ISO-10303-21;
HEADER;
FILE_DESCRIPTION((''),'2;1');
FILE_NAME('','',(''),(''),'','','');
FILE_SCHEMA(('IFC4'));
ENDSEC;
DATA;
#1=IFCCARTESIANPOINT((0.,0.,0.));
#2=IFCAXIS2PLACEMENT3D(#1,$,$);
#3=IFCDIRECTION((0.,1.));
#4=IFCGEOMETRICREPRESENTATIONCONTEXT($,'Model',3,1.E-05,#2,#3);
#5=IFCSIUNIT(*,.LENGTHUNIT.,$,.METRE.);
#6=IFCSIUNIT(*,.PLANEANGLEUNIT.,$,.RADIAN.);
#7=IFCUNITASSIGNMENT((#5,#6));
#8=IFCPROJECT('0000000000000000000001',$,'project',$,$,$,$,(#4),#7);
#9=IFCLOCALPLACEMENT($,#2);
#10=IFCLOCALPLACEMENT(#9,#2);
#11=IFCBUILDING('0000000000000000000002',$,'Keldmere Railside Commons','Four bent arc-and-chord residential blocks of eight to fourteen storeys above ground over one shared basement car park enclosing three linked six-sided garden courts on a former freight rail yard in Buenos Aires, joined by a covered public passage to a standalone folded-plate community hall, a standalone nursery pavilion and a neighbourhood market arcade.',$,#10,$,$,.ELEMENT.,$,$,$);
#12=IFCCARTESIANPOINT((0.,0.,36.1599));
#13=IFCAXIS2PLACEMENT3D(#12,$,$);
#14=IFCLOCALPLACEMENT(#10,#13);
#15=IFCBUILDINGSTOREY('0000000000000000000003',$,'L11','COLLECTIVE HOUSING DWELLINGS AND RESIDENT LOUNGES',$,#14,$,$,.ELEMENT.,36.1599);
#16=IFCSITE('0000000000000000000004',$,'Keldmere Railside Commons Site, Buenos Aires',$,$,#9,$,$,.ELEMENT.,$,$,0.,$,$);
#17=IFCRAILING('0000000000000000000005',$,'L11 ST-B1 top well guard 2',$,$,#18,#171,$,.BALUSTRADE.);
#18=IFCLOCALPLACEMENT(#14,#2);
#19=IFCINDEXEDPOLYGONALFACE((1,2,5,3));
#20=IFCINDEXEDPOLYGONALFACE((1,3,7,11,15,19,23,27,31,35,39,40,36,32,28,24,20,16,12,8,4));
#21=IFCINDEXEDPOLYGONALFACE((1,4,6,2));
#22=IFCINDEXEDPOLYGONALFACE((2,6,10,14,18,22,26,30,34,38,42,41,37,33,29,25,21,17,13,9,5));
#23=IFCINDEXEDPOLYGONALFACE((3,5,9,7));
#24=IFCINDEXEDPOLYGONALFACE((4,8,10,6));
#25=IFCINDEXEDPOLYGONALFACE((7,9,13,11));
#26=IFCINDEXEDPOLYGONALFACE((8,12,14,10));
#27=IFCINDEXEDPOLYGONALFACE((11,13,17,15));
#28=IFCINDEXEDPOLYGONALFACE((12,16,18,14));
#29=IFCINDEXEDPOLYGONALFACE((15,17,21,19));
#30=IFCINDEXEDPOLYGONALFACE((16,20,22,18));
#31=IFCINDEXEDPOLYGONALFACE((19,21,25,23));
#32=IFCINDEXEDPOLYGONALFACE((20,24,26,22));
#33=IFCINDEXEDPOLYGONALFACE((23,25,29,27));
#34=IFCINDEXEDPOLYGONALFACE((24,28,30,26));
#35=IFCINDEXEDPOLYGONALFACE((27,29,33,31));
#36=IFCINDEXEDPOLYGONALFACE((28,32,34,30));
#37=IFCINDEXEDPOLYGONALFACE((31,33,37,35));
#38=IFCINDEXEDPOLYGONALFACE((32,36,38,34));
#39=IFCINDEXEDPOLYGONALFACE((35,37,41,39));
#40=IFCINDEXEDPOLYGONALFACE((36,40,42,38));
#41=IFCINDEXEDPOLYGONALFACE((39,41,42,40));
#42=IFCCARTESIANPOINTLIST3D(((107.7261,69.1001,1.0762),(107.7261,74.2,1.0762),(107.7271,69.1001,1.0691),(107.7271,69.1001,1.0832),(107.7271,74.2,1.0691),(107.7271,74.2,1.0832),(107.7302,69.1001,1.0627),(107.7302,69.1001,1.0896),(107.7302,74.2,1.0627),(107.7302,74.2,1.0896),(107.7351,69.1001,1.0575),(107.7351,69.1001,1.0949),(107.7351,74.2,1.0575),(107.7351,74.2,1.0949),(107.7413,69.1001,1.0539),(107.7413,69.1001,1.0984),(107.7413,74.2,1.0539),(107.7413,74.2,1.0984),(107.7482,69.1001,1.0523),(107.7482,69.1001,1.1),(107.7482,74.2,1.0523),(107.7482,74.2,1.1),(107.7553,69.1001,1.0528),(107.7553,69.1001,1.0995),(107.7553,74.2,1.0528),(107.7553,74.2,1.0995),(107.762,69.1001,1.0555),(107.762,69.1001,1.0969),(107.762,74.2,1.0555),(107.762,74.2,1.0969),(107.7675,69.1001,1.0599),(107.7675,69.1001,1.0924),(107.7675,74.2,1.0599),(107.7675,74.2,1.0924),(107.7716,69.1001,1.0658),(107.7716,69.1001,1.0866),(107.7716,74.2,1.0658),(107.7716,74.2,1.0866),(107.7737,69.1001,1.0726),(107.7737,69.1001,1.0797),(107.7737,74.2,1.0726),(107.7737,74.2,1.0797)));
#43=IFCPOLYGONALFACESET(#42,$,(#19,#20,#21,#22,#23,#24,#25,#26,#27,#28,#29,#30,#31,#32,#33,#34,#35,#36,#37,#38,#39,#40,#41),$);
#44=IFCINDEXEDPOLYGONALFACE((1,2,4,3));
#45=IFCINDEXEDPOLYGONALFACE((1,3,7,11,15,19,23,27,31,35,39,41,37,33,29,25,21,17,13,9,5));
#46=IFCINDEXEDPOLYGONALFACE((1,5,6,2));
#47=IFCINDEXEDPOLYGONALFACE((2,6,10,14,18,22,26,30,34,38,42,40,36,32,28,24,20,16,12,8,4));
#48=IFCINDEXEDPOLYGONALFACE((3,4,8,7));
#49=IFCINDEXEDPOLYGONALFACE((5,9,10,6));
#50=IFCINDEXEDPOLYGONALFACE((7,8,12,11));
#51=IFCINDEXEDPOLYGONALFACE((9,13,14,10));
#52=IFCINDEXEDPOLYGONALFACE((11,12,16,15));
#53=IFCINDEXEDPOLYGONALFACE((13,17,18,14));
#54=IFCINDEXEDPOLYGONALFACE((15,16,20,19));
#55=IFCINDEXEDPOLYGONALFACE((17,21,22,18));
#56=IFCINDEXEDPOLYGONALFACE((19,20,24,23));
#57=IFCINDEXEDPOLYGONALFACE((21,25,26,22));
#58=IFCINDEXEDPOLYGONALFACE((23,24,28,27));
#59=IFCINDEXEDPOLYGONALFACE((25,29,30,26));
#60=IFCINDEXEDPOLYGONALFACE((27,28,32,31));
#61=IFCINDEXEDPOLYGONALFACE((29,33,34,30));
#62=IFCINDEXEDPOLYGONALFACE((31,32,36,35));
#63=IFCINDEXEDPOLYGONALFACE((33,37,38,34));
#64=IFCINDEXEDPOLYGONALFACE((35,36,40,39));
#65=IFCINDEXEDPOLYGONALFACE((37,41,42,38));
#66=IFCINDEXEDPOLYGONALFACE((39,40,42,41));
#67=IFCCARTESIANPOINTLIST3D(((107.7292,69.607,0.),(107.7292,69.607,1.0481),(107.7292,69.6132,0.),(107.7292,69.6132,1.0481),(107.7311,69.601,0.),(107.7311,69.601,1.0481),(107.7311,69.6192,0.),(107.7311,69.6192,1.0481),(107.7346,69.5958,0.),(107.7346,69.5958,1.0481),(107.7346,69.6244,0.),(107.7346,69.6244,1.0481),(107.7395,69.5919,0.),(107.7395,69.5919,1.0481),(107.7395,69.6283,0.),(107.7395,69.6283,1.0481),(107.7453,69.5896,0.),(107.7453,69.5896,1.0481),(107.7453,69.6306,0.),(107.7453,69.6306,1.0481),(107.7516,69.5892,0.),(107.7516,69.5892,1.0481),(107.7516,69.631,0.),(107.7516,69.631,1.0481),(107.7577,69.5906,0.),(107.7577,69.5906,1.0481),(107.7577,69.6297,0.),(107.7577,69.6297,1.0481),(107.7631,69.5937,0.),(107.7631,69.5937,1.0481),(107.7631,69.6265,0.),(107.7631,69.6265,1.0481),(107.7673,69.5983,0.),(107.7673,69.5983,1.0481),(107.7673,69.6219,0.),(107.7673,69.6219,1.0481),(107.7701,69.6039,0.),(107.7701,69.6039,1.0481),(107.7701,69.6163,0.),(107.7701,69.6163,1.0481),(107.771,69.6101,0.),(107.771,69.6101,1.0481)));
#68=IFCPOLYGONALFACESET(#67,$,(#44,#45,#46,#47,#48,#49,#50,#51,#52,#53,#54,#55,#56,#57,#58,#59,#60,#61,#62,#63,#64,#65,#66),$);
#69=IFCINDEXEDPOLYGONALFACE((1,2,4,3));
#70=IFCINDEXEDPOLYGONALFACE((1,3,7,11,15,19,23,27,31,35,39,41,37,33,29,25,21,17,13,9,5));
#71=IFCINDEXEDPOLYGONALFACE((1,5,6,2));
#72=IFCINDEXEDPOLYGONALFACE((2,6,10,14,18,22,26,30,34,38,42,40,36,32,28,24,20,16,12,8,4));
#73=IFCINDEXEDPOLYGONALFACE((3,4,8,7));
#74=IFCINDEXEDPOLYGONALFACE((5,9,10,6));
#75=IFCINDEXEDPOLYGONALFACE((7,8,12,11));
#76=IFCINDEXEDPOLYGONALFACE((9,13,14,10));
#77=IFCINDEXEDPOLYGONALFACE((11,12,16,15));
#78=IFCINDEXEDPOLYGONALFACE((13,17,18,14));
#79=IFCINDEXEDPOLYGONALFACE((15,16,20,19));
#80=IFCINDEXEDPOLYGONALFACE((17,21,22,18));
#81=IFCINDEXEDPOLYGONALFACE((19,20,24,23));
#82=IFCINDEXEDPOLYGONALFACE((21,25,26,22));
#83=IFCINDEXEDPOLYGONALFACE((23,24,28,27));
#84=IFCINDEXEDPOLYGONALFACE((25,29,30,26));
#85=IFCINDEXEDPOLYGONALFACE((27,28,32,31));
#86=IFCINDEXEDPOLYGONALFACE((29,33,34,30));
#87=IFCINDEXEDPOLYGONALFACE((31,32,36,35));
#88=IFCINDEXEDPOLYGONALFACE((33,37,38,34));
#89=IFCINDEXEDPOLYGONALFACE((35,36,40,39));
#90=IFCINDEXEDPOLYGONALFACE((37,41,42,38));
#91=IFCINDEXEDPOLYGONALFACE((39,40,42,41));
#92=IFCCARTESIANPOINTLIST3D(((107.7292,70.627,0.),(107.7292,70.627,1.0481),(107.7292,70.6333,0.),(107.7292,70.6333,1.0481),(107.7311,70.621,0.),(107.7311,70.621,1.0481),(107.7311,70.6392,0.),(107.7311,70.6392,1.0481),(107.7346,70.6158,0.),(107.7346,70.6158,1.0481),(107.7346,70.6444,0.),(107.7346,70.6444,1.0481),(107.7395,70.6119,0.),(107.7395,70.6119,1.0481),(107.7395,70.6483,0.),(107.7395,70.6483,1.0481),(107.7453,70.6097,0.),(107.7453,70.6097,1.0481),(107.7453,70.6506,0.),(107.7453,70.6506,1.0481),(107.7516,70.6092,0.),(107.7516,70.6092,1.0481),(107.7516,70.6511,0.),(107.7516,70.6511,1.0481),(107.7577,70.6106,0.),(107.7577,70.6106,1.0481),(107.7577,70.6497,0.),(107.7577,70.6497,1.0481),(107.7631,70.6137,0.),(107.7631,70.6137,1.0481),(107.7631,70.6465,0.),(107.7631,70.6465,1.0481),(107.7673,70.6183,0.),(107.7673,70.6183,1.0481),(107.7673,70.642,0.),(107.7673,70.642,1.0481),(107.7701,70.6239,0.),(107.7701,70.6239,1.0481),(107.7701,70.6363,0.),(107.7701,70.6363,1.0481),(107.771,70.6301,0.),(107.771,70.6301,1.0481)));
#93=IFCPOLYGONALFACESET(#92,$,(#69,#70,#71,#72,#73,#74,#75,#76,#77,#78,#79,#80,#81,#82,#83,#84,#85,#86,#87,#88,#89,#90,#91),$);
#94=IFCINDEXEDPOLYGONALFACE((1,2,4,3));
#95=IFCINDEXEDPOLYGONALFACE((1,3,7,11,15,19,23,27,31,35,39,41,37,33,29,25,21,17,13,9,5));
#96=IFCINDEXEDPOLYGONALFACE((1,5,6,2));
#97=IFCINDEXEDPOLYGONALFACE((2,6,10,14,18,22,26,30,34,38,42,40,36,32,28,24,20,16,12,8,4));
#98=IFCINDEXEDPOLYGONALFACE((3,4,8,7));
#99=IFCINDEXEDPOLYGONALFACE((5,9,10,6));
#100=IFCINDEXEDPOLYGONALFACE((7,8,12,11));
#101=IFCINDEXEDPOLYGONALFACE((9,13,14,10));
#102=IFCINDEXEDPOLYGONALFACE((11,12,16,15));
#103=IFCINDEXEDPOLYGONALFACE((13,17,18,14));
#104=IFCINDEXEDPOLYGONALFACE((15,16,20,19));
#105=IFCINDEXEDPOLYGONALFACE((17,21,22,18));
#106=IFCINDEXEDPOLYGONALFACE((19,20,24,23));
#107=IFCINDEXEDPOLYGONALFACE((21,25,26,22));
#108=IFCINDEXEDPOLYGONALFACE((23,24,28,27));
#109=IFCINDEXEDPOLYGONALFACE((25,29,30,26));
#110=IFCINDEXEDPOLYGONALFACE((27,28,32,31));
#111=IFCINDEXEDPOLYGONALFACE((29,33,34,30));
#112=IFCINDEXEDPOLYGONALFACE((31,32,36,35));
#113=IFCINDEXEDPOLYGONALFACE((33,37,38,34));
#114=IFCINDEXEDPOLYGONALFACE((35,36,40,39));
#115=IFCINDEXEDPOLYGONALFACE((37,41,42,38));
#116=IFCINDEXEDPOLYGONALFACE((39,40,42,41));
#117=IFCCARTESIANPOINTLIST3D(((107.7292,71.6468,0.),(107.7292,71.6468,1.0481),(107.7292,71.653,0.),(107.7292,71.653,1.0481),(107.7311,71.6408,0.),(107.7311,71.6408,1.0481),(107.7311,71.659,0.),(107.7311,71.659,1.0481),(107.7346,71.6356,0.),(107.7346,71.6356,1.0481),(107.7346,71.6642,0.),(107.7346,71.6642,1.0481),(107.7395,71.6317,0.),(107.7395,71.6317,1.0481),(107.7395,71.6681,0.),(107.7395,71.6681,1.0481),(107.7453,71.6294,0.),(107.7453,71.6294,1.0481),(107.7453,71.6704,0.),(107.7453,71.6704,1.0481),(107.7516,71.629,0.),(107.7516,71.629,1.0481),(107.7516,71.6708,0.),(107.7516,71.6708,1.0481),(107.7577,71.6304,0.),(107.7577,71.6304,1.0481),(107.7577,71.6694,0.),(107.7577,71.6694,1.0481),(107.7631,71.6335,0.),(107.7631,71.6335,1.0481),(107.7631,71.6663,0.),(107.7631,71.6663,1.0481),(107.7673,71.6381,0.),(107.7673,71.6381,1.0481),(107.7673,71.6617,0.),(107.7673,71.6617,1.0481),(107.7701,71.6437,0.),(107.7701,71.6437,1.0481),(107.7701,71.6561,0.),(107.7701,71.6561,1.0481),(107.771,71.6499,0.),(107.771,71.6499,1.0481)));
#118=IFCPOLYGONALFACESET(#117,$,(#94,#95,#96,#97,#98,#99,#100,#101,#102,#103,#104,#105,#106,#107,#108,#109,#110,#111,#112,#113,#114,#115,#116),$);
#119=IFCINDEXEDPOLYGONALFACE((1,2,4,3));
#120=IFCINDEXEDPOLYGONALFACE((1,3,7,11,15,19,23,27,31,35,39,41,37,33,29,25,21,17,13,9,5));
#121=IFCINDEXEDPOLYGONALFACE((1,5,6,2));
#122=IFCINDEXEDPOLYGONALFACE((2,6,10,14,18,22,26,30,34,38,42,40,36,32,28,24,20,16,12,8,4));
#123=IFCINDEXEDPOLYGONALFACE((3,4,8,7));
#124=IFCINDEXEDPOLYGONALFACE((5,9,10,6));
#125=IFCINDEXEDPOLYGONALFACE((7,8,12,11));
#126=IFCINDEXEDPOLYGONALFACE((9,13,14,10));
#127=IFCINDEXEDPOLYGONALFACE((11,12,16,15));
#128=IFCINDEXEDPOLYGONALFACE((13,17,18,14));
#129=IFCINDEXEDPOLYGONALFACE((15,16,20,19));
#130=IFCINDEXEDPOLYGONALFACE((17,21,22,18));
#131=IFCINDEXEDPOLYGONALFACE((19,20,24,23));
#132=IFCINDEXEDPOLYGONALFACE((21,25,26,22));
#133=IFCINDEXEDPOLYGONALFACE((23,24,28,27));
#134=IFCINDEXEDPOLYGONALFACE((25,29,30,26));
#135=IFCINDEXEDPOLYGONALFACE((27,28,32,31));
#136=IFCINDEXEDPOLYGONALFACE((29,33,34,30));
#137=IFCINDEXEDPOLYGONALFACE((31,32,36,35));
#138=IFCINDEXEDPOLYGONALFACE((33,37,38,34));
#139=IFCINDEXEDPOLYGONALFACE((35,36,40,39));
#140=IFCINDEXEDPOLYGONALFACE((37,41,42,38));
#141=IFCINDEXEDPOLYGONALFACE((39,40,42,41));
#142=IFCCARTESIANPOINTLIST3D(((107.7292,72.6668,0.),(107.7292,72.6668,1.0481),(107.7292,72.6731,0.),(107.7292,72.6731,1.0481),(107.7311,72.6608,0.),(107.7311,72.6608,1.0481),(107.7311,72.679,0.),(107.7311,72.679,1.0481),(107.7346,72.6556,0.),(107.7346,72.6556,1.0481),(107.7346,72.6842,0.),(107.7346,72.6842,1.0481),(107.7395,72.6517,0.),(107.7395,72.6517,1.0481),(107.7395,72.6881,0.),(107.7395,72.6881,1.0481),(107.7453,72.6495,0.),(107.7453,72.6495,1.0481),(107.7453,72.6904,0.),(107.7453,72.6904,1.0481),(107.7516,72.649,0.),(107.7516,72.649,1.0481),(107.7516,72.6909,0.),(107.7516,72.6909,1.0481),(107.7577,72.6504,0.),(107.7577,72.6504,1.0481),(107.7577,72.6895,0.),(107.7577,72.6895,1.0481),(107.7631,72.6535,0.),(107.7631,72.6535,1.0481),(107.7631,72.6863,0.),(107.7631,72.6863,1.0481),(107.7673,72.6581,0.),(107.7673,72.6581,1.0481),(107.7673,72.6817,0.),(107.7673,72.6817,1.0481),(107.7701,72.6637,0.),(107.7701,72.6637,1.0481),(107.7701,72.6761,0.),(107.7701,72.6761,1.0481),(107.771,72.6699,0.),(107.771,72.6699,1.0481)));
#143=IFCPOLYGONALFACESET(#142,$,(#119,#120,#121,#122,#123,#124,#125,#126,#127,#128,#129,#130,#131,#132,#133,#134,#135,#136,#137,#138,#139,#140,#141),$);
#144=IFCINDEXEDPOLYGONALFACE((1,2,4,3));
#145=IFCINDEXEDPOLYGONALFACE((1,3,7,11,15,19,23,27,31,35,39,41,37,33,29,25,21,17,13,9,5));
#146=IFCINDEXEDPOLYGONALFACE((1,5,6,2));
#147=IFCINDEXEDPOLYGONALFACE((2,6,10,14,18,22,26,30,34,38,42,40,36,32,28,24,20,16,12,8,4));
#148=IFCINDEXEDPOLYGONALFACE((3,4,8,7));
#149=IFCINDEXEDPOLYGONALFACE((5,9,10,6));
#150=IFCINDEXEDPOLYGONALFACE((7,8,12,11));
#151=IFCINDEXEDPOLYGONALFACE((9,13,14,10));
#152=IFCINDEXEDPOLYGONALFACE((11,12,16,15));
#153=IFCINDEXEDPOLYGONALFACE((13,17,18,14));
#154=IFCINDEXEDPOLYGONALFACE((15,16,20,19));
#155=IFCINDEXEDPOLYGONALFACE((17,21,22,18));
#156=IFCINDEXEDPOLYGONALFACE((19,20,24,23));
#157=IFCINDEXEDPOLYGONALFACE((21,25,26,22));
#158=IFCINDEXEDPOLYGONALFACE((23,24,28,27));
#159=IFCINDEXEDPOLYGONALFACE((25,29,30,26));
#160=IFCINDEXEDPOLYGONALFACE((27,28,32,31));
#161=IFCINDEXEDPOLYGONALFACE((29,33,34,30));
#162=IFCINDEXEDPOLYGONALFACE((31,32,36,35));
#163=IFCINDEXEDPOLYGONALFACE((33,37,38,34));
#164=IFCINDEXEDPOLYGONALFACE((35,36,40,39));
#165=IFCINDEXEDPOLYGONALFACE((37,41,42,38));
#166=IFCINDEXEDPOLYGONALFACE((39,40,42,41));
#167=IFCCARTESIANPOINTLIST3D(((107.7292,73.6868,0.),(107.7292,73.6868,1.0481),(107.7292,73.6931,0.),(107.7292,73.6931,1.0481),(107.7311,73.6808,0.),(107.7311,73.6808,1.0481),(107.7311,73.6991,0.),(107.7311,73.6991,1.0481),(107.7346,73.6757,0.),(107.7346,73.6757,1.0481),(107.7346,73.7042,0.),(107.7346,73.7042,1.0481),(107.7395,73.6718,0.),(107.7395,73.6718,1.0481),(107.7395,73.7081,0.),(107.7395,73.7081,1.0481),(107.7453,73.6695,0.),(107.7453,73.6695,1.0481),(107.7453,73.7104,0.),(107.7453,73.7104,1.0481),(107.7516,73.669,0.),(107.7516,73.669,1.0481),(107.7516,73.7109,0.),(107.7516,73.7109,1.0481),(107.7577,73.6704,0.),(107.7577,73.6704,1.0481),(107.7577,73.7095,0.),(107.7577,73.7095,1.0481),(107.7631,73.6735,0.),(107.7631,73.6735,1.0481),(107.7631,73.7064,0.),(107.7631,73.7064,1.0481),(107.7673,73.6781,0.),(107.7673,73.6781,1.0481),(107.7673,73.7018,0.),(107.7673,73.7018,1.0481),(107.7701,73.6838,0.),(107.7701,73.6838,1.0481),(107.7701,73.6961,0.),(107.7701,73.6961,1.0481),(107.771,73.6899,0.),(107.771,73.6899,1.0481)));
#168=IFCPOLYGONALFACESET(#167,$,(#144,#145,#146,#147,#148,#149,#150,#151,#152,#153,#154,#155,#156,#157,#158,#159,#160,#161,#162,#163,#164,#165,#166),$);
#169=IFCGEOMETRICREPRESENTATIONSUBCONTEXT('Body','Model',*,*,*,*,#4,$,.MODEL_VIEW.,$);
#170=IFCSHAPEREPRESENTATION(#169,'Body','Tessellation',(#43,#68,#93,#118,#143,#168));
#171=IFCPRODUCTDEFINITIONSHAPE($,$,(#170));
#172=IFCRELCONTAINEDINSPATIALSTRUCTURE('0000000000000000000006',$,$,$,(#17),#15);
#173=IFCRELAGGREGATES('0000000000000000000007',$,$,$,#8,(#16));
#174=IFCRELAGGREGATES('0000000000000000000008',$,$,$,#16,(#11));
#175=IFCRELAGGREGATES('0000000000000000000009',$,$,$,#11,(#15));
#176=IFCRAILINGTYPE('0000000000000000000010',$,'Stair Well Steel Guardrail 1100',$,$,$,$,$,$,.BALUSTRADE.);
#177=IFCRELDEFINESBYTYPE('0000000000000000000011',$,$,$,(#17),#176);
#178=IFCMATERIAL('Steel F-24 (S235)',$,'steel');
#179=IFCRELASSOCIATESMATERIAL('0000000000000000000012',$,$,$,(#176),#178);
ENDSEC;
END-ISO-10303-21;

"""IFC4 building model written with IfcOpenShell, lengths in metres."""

from ifc_helpers import new_model, si_unit, direction, frame, origin, origin_2d, place, context, subcontext, project, spatial, circle, extrude, material, type_object, element, save


model = new_model("IFC4")

# Units and contexts
model_context = context("Model", 3, precision=1e-05, world=origin(), true_north=direction((0.0, 1.0)))
body_context = subcontext(model_context, "Body", "Model", "MODEL_VIEW")
ifc_project = project(units=[si_unit("LENGTHUNIT", "METRE"), si_unit("PLANEANGLEUNIT", "RADIAN")], contexts=[model_context])

# Site, building, storey
site_placement = place(None, origin())
site = spatial("IfcSite", under=ifc_project, at=site_placement, Name="Keldmere Railside Commons Site, Buenos Aires", CompositionType="ELEMENT", RefElevation=0.0)
building_placement = place(site_placement, origin())
building = spatial("IfcBuilding", under=site, at=building_placement, Name="Keldmere Railside Commons", Description="Four bent arc-and-chord residential blocks of eight to fourteen storeys above ground over one shared basement car park enclosing three linked six-sided garden courts on a former freight rail yard in Buenos Aires, joined by a covered public passage to a standalone folded-plate community hall, a standalone nursery pavilion and a neighbourhood market arcade.", CompositionType="ELEMENT")
storey_placement = place(building_placement, frame((0.0, 0.0, 36.1599)))
storey = spatial("IfcBuildingStorey", under=building, at=storey_placement, Name="L11", Description="COLLECTIVE HOUSING DWELLINGS AND RESIDENT LOUNGES", CompositionType="ELEMENT", Elevation=36.1599)

# Shared definitions
ifc_material_1 = material(Name="Steel F-24 (S235)", Category="steel")

# Railing
railing_type = type_object("IfcRailingType", Name="Stair Well Steel Guardrail 1100", PredefinedType="BALUSTRADE", material=ifc_material_1)
railing_1_placement = place(storey_placement, frame((107.75, 69.1001, 0.0)))
element("IfcRailing", 1, at=railing_1_placement, inside=storey, type_object=railing_type, Name="L11 ST-B1 top well guard 2", PredefinedType="BALUSTRADE", context=body_context, shape_type="SweptSolid", body=[
    extrude(circle(Radius=0.0239, at=origin_2d()), frame((0.0, 0.0, 1.0762), z_axis=(0.0, 1.0, 0.0), x_axis=(-1.0, 0.0, 0.0)), (0.0, 0.0, 1.0), 5.0999),
    extrude(circle(Radius=0.021, at=origin_2d()), frame((0.0, 0.51, 0.0)), (0.0, 0.0, 1.0), 1.0481),
    extrude(circle(Radius=0.021, at=origin_2d()), frame((0.0, 1.53, 0.0)), (0.0, 0.0, 1.0), 1.0481),
    extrude(circle(Radius=0.021, at=origin_2d()), frame((0.0, 2.5498, 0.0)), (0.0, 0.0, 1.0), 1.0481),
    extrude(circle(Radius=0.021, at=origin_2d()), frame((0.0, 3.5698, 0.0)), (0.0, 0.0, 1.0), 1.0481),
    extrude(circle(Radius=0.021, at=origin_2d()), frame((0.0, 4.5898, 0.0)), (0.0, 0.0, 1.0), 1.0481),
])

save(model, "model.ifc")
